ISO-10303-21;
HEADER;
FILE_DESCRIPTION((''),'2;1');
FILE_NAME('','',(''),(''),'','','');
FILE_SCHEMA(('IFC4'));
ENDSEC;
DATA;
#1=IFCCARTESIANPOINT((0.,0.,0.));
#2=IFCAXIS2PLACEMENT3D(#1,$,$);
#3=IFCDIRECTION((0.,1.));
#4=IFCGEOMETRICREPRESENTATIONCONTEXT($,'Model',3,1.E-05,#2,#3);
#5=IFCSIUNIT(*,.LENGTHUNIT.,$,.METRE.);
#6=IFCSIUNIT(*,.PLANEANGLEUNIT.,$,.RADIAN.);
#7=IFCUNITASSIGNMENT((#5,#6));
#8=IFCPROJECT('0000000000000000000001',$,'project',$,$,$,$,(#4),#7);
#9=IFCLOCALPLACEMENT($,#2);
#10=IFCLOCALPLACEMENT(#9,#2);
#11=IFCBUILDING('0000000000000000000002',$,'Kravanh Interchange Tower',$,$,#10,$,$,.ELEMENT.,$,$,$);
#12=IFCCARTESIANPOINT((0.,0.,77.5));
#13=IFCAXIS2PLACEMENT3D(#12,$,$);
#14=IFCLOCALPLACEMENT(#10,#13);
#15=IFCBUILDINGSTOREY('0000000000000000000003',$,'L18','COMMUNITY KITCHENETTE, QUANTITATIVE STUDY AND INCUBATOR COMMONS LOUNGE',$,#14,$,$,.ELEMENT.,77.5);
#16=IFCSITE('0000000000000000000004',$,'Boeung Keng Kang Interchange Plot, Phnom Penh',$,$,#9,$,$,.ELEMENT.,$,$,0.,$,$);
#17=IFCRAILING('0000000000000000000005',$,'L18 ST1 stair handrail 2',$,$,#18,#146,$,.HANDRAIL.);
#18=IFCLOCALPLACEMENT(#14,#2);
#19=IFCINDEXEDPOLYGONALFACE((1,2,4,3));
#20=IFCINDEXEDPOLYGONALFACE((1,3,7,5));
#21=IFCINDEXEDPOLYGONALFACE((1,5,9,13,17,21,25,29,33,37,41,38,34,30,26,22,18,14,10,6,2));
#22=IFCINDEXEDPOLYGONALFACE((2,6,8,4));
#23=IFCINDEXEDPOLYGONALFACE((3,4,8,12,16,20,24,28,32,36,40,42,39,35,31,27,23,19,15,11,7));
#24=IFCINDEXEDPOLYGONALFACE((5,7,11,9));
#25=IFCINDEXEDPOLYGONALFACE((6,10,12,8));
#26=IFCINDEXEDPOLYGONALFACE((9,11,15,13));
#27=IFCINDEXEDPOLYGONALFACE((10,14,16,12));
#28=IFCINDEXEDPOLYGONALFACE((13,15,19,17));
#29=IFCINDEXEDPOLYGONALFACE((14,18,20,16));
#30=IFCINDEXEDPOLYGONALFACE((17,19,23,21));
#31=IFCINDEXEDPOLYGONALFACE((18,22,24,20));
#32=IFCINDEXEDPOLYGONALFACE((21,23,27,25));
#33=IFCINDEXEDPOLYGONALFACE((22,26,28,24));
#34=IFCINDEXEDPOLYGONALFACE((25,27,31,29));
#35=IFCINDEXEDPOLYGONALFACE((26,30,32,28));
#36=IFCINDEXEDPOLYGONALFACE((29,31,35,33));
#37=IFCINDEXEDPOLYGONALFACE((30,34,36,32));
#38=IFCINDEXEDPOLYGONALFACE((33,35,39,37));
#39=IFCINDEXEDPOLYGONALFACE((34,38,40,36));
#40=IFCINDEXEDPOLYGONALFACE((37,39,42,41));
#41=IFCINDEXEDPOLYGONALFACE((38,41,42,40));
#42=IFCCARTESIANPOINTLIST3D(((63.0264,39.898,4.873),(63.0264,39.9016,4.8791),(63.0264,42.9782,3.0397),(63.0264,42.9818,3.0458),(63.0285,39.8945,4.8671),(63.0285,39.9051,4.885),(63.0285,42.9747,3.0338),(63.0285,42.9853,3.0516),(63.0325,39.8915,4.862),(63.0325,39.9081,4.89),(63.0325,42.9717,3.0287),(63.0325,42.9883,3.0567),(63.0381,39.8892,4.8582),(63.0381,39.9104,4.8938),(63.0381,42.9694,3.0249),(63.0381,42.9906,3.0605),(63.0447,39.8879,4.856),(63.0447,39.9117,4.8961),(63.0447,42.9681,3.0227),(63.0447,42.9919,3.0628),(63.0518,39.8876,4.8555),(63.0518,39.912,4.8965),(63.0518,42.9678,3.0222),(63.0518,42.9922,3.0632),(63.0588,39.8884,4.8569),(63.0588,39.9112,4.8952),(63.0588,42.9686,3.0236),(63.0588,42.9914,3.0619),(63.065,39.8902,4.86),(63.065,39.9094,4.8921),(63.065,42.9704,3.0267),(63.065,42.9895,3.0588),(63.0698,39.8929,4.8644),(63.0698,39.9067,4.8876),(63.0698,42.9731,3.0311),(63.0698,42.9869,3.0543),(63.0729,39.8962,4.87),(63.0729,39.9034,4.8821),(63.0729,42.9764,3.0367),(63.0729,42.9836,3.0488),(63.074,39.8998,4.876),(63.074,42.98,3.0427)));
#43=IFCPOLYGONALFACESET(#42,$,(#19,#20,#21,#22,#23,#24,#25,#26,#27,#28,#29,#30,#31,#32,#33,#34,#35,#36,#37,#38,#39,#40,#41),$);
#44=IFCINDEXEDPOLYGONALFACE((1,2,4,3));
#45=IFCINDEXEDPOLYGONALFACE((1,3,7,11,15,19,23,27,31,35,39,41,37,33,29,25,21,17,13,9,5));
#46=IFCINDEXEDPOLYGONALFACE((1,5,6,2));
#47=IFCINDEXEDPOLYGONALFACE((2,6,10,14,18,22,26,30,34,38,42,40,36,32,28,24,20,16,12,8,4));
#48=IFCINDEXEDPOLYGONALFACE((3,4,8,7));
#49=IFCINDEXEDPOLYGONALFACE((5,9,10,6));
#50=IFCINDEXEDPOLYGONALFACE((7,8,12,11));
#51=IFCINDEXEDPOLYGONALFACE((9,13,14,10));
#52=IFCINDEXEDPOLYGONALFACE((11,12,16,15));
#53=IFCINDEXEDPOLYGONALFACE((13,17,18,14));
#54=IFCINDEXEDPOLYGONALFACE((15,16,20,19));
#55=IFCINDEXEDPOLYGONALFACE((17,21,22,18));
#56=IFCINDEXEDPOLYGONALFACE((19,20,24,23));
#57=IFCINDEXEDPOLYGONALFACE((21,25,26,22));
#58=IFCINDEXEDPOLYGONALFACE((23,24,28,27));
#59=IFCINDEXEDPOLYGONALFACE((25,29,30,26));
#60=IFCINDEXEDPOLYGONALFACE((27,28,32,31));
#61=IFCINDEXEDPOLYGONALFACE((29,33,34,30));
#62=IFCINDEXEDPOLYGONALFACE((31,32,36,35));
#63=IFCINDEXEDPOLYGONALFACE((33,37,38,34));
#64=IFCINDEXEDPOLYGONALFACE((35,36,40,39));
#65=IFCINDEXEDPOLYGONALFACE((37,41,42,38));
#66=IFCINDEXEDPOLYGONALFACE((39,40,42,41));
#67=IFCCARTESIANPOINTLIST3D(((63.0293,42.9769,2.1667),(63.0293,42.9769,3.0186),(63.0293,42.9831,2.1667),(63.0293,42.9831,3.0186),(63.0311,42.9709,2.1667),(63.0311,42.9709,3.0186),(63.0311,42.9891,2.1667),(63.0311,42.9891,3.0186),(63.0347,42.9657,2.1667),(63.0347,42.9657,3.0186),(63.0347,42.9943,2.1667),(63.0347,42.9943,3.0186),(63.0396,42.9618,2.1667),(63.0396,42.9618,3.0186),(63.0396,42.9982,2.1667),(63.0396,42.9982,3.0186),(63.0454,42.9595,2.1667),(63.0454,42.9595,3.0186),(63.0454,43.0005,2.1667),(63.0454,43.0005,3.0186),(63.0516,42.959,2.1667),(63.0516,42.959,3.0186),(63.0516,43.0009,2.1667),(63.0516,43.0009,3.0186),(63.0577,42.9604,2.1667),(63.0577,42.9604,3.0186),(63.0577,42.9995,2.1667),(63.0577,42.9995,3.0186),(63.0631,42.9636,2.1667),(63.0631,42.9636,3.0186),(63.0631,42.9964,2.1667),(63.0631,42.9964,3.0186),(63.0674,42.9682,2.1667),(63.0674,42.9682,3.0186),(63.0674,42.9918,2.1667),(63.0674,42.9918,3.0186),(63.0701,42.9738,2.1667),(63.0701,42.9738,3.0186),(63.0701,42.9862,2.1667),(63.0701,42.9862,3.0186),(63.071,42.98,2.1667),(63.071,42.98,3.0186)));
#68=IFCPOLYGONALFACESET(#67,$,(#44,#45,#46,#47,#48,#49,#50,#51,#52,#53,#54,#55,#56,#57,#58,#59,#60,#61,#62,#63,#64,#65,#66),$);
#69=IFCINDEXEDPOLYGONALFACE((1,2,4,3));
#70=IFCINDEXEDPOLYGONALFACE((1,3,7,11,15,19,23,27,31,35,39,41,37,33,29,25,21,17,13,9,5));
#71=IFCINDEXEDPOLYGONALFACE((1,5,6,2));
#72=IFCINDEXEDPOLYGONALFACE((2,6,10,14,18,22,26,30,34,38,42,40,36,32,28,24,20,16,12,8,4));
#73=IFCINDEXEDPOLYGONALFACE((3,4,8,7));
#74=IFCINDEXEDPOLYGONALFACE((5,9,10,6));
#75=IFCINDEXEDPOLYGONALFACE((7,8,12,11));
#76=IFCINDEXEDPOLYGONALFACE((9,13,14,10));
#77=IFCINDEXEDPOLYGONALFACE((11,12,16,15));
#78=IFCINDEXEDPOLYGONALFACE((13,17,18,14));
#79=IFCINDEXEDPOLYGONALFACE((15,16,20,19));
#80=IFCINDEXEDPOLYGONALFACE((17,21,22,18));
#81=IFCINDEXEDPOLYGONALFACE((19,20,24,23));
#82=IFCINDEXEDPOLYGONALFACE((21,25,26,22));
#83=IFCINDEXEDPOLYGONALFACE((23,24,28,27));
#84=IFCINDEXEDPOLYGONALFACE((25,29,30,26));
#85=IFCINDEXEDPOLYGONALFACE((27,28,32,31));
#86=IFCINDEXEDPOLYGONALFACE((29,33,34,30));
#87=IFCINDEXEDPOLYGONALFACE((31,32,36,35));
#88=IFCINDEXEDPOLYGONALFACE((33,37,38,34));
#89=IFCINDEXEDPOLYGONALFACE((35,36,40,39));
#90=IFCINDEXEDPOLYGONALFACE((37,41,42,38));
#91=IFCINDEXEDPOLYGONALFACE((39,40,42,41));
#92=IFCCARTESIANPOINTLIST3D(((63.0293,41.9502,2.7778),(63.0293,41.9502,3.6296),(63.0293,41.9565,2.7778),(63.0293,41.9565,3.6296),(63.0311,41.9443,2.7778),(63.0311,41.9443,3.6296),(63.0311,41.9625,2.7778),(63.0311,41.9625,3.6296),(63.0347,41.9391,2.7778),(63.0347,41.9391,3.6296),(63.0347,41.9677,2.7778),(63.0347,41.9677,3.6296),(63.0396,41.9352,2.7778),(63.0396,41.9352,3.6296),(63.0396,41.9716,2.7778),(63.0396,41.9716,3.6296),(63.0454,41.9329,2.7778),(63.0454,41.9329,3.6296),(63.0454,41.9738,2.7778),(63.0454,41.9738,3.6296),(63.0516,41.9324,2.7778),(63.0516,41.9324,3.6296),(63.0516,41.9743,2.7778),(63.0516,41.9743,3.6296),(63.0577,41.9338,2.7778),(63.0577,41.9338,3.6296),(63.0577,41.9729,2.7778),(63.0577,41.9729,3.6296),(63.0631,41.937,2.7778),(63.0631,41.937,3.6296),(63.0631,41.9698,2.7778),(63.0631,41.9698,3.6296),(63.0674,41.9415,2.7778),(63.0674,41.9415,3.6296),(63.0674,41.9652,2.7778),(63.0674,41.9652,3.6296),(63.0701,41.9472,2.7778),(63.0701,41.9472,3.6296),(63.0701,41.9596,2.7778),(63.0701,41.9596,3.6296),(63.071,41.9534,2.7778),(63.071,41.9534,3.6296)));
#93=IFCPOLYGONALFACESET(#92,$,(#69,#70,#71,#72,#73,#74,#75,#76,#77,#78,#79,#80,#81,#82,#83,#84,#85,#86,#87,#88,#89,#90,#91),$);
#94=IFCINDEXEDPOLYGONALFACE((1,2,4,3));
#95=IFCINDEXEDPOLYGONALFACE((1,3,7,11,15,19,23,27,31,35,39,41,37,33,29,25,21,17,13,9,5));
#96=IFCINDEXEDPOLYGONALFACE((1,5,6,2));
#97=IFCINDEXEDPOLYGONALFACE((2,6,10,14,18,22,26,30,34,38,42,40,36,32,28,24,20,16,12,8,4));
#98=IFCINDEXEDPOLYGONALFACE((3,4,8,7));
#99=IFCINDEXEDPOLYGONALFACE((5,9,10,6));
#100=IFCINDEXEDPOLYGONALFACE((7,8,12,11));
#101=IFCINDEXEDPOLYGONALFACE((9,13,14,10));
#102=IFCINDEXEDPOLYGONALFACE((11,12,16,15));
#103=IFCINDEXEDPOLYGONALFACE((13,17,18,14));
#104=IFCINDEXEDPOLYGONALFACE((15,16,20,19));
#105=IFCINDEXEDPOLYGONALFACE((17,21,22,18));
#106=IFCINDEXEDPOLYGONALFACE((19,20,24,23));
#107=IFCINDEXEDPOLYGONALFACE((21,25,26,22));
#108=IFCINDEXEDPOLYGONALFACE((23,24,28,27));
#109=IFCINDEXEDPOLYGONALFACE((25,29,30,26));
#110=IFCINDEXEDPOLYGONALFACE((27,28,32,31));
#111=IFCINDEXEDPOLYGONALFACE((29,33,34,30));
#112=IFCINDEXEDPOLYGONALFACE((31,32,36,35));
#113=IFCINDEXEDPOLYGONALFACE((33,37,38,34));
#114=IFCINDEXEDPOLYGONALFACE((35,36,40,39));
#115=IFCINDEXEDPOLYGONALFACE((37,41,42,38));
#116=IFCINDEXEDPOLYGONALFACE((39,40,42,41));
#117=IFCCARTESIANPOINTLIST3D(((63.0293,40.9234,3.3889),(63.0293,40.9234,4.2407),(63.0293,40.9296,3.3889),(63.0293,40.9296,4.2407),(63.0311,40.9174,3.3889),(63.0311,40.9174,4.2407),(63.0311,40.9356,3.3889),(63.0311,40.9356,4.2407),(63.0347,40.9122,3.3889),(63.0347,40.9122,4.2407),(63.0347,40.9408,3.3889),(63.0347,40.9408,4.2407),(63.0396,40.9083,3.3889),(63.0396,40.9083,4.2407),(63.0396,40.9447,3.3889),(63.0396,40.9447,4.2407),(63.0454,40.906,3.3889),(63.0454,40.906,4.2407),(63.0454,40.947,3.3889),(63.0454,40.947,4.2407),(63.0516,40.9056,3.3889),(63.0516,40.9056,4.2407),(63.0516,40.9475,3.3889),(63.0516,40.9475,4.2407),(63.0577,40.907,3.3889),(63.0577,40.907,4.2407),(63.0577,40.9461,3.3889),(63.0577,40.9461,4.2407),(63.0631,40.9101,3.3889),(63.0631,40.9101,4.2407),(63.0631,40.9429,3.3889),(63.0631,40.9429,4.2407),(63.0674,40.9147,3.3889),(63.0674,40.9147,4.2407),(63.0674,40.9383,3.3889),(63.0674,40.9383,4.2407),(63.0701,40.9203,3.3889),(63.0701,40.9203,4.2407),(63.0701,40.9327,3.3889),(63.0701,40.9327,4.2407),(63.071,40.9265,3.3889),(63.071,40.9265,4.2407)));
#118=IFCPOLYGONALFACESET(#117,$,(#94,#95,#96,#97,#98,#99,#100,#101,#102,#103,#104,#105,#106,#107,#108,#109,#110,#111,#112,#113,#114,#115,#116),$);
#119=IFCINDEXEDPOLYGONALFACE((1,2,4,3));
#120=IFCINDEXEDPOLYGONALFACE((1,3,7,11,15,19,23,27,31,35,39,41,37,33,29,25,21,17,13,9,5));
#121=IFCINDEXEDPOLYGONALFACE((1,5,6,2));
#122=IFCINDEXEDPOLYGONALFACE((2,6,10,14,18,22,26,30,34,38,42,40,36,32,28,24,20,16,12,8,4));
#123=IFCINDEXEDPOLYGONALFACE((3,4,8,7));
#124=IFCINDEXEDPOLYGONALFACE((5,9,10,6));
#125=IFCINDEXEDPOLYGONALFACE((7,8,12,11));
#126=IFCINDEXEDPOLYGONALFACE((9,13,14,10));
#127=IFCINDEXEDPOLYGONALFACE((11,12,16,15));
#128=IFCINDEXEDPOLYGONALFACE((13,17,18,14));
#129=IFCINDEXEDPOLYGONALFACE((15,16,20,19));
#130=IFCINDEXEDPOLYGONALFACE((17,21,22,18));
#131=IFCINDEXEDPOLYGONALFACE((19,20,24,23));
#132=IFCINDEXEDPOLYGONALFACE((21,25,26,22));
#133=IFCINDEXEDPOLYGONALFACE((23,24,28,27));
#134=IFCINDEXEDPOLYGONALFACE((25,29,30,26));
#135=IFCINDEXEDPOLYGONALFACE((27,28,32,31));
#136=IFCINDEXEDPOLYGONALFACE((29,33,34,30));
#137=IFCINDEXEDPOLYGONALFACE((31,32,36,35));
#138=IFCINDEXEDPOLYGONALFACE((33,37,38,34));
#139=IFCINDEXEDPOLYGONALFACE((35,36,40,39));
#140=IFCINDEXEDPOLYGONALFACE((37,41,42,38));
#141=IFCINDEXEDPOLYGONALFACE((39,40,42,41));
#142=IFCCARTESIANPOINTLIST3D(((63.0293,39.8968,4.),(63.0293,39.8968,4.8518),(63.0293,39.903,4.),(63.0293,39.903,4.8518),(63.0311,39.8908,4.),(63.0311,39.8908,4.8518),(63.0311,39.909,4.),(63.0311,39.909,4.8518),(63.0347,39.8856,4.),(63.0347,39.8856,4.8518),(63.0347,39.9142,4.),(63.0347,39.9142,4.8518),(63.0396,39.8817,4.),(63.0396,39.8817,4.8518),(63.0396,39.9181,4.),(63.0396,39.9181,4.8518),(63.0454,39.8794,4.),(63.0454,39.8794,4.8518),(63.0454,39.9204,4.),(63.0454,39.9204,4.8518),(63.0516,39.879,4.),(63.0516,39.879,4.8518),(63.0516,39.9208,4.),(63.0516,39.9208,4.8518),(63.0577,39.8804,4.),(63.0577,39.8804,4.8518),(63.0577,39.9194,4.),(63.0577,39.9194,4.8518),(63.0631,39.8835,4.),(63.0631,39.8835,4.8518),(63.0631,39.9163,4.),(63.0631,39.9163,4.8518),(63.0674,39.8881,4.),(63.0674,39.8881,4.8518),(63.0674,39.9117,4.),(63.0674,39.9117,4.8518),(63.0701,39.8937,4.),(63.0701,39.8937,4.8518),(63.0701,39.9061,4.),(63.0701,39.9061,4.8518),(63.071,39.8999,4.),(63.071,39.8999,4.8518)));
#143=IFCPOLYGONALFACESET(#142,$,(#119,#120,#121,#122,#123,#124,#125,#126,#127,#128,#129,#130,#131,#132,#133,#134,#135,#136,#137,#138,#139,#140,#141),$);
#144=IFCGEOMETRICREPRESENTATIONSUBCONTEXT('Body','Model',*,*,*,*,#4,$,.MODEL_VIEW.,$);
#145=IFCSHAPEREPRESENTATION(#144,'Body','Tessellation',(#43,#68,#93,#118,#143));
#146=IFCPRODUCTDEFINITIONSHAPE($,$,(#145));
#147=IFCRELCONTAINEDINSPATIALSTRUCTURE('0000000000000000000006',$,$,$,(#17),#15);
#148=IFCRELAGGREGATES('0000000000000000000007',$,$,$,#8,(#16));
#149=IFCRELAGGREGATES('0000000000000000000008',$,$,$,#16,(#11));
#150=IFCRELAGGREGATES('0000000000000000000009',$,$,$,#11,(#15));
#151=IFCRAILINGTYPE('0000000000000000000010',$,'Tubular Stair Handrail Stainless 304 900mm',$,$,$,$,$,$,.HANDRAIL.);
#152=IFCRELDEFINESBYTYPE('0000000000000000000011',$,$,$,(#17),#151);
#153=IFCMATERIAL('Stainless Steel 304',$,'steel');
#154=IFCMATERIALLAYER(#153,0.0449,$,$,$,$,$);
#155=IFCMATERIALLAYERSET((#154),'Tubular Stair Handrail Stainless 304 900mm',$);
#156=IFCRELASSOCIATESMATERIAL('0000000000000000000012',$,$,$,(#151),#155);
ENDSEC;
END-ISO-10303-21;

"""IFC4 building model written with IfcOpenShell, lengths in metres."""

from ifc_helpers import new_model, si_unit, direction, frame, origin, origin_2d, place, context, subcontext, project, spatial, circle, extrude, material, layer, layer_set, type_object, element, save


model = new_model("IFC4")

# Units and contexts
model_context = context("Model", 3, precision=1e-05, world=origin(), true_north=direction((0.0, 1.0)))
body_context = subcontext(model_context, "Body", "Model", "MODEL_VIEW")
ifc_project = project(units=[si_unit("LENGTHUNIT", "METRE"), si_unit("PLANEANGLEUNIT", "RADIAN")], contexts=[model_context])

# Site, building, storey
site_placement = place(None, origin())
site = spatial("IfcSite", under=ifc_project, at=site_placement, Name="Boeung Keng Kang Interchange Plot, Phnom Penh", CompositionType="ELEMENT", RefElevation=0.0)
building_placement = place(site_placement, origin())
building = spatial("IfcBuilding", under=site, at=building_placement, Name="Kravanh Interchange Tower", CompositionType="ELEMENT")
storey_placement = place(building_placement, frame((0.0, 0.0, 77.5)))
storey = spatial("IfcBuildingStorey", under=building, at=storey_placement, Name="L18", Description="COMMUNITY KITCHENETTE, QUANTITATIVE STUDY AND INCUBATOR COMMONS LOUNGE", CompositionType="ELEMENT", Elevation=77.5)

# Railing
ifc_material_1 = material(Name="Stainless Steel 304", Category="steel")
ifc_layer_1 = layer(ifc_material_1, 0.0449)
ifc_layer_set_1 = layer_set([ifc_layer_1], Name="Tubular Stair Handrail Stainless 304 900mm")
railing_type_1 = type_object("IfcRailingType", Name="Tubular Stair Handrail Stainless 304 900mm", PredefinedType="HANDRAIL", material=ifc_layer_set_1)
railing_1_placement = place(storey_placement, frame((63.05, 42.98, 2.1667)))
element("IfcRailing", 1, at=railing_1_placement, inside=storey, type_object=railing_type_1, Name="L18 ST1 stair handrail 2", PredefinedType="HANDRAIL", context=body_context, shape_type="SweptSolid", body=[
    extrude(circle(Radius=0.0239, at=origin_2d()), frame((0.0, 0.0, 0.876), z_axis=(0.0, -0.859309, 0.511458), x_axis=(1.0, 0.0, 0.0)), (0.0, 0.0, 1.0), 3.5845),
    extrude(circle(Radius=0.021, at=origin_2d()), origin(), (0.0, 0.0, 1.0), 0.8518),
    extrude(circle(Radius=0.021, at=origin_2d()), frame((0.0, -1.0266, 0.6111)), (0.0, 0.0, 1.0), 0.8518),
    extrude(circle(Radius=0.021, at=origin_2d()), frame((0.0, -2.0535, 1.2222)), (0.0, 0.0, 1.0), 0.8518),
    extrude(circle(Radius=0.021, at=origin_2d()), frame((0.0, -3.0801, 1.8333)), (0.0, 0.0, 1.0), 0.8518),
])

save(model, "model.ifc")
